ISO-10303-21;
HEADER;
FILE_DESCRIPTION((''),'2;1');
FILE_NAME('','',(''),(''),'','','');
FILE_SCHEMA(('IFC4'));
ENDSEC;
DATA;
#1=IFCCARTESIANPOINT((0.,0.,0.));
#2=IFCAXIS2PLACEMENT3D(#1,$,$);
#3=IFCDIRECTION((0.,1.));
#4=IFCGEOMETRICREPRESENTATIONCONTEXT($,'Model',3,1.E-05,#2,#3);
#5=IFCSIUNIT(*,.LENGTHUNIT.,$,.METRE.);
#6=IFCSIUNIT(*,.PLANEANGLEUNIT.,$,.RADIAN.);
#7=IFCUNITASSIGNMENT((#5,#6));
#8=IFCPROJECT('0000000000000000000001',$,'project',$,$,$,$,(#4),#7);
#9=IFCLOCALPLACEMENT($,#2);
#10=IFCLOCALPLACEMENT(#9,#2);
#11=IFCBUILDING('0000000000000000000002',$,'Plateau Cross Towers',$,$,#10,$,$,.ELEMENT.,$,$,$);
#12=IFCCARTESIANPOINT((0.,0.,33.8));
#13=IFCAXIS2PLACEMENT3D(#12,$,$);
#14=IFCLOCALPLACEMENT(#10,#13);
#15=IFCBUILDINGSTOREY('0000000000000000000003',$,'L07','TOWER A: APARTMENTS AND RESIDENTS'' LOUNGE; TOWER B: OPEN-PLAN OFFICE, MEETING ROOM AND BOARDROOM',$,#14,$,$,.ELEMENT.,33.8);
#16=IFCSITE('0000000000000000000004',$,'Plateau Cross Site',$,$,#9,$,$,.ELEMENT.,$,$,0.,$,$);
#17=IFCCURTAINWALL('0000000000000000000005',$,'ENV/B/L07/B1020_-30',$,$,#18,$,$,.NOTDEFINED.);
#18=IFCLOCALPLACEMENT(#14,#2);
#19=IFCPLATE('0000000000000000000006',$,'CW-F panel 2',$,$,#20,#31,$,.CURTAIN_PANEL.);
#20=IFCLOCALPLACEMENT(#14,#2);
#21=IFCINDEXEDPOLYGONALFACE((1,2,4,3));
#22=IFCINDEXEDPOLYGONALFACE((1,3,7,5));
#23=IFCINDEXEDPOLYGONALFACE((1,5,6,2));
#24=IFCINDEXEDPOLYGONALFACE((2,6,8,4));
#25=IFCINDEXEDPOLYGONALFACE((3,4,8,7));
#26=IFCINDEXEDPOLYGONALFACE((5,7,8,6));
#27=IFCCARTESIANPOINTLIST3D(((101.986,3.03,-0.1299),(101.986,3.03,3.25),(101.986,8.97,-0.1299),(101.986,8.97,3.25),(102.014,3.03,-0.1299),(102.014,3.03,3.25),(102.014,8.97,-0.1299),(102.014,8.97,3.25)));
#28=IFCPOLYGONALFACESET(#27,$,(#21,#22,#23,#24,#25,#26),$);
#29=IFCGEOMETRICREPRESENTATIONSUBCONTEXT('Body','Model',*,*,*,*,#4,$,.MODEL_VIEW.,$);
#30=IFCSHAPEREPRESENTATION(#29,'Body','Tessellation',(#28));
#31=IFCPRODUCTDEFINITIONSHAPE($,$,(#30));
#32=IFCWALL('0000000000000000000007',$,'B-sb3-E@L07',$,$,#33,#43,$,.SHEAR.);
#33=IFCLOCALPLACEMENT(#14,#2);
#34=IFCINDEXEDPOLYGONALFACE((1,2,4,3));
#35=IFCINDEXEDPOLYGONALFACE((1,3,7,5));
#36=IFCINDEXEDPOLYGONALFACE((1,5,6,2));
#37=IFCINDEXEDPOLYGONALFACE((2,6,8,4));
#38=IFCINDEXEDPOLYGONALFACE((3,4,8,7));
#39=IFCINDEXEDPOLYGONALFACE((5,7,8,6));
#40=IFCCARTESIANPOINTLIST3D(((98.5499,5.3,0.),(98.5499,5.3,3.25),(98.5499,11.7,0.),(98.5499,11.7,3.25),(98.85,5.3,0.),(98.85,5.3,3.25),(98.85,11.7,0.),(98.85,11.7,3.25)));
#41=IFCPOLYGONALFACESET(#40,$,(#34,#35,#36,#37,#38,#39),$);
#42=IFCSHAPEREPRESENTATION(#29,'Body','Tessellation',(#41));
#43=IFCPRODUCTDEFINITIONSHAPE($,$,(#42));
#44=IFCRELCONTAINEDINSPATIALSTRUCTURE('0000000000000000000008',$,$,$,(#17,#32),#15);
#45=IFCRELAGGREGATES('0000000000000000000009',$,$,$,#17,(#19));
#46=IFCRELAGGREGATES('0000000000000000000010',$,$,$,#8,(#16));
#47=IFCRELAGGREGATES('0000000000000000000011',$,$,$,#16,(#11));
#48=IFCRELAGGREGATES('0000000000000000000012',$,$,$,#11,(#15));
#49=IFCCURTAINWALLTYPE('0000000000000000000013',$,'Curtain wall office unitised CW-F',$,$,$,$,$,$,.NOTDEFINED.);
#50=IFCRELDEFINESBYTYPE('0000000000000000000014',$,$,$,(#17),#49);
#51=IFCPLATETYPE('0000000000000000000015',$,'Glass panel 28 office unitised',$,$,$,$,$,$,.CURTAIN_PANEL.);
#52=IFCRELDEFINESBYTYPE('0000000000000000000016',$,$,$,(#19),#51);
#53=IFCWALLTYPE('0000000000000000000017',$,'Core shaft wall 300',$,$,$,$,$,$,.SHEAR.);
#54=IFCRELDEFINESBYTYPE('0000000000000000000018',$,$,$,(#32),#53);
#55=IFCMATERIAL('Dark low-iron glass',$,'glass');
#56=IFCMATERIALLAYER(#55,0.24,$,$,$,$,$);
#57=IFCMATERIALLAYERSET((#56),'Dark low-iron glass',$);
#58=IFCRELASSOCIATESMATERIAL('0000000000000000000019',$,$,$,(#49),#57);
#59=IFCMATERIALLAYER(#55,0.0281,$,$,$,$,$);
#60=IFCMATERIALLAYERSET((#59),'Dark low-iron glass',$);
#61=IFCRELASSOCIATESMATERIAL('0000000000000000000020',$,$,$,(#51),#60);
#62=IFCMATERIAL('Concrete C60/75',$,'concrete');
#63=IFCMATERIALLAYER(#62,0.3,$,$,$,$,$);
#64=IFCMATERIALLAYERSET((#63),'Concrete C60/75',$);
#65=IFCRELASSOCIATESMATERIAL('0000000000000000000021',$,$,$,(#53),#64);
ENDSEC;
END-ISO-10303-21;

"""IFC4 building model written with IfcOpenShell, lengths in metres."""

from ifc_helpers import new_model, si_unit, direction, frame, frame_2d, origin, origin_2d, place, context, subcontext, project, spatial, rectangle, extrude, material, layer, layer_set, type_object, element, aggregate, save


model = new_model("IFC4")

# Units and contexts
model_context = context("Model", 3, precision=1e-05, world=origin(), true_north=direction((0.0, 1.0)))
body_context = subcontext(model_context, "Body", "Model", "MODEL_VIEW")
ifc_project = project(units=[si_unit("LENGTHUNIT", "METRE"), si_unit("PLANEANGLEUNIT", "RADIAN")], contexts=[model_context])

# Site, building, storey
site_placement = place(None, origin())
site = spatial("IfcSite", under=ifc_project, at=site_placement, Name="Plateau Cross Site", CompositionType="ELEMENT", RefElevation=0.0)
building_placement = place(site_placement, origin())
building = spatial("IfcBuilding", under=site, at=building_placement, Name="Plateau Cross Towers", CompositionType="ELEMENT")
storey_placement = place(building_placement, frame((0.0, 0.0, 33.8)))
storey = spatial("IfcBuildingStorey", under=building, at=storey_placement, Name="L07", Description="TOWER A: APARTMENTS AND RESIDENTS' LOUNGE; TOWER B: OPEN-PLAN OFFICE, MEETING ROOM AND BOARDROOM", CompositionType="ELEMENT", Elevation=33.8)

# Shared definitions
ifc_material_1 = material(Name="Concrete C60/75", Category="concrete")

# Shared definitions
ifc_material_2 = material(Name="Dark low-iron glass", Category="glass")
ifc_layer_1 = layer(ifc_material_2, 0.24)
ifc_layer_set_1 = layer_set([ifc_layer_1], Name="Dark low-iron glass")
curtain_wall_type = type_object("IfcCurtainWallType", Name="Curtain wall office unitised CW-F", PredefinedType="NOTDEFINED", material=ifc_layer_set_1)

# Curtain wall
curtain_wall_1_placement = place(storey_placement, origin())
curtain_wall_1 = element("IfcCurtainWall", 1, at=curtain_wall_1_placement, inside=storey, type_object=curtain_wall_type, Name="ENV/B/L07/B1020_-30", PredefinedType="NOTDEFINED")

# Plate
ifc_layer_2 = layer(ifc_material_2, 0.0281)
ifc_layer_set_2 = layer_set([ifc_layer_2], Name="Dark low-iron glass")
plate_type = type_object("IfcPlateType", Name="Glass panel 28 office unitised", PredefinedType="CURTAIN_PANEL", material=ifc_layer_set_2)
plate_1_placement = place(storey_placement, frame((102.0, 6.0, -0.1299), z_axis=(0.0, 0.0, 1.0), x_axis=(0.0, 1.0, 0.0)))
plate_1 = element("IfcPlate", 2, at=plate_1_placement, type_object=plate_type, Name="CW-F panel 2", PredefinedType="CURTAIN_PANEL", context=body_context, shape_type="SweptSolid", body=[
    extrude(rectangle(XDim=5.9399, YDim=0.0281, at=origin_2d()), origin(), (0.0, 0.0, 1.0), 3.3799),
])
aggregate(curtain_wall_1, [plate_1])

# Wall
ifc_layer_3 = layer(ifc_material_1, 0.3)
ifc_layer_set_3 = layer_set([ifc_layer_3], Name="Concrete C60/75")
wall_type = type_object("IfcWallType", Name="Core shaft wall 300", PredefinedType="SHEAR", material=ifc_layer_set_3)
wall_placement = place(storey_placement, frame((98.7, 5.3, 0.0), z_axis=(0.0, 0.0, 1.0), x_axis=(0.0, 1.0, 0.0)))
element("IfcWall", 3, at=wall_placement, inside=storey, type_object=wall_type, Name="B-sb3-E@L07", PredefinedType="SHEAR", context=body_context, shape_type="SweptSolid", body=[
    extrude(rectangle(XDim=6.3999, YDim=0.3, at=frame_2d((3.2, 0.0))), origin(), (0.0, 0.0, 1.0), 3.25),
])

save(model, "model.ifc")
